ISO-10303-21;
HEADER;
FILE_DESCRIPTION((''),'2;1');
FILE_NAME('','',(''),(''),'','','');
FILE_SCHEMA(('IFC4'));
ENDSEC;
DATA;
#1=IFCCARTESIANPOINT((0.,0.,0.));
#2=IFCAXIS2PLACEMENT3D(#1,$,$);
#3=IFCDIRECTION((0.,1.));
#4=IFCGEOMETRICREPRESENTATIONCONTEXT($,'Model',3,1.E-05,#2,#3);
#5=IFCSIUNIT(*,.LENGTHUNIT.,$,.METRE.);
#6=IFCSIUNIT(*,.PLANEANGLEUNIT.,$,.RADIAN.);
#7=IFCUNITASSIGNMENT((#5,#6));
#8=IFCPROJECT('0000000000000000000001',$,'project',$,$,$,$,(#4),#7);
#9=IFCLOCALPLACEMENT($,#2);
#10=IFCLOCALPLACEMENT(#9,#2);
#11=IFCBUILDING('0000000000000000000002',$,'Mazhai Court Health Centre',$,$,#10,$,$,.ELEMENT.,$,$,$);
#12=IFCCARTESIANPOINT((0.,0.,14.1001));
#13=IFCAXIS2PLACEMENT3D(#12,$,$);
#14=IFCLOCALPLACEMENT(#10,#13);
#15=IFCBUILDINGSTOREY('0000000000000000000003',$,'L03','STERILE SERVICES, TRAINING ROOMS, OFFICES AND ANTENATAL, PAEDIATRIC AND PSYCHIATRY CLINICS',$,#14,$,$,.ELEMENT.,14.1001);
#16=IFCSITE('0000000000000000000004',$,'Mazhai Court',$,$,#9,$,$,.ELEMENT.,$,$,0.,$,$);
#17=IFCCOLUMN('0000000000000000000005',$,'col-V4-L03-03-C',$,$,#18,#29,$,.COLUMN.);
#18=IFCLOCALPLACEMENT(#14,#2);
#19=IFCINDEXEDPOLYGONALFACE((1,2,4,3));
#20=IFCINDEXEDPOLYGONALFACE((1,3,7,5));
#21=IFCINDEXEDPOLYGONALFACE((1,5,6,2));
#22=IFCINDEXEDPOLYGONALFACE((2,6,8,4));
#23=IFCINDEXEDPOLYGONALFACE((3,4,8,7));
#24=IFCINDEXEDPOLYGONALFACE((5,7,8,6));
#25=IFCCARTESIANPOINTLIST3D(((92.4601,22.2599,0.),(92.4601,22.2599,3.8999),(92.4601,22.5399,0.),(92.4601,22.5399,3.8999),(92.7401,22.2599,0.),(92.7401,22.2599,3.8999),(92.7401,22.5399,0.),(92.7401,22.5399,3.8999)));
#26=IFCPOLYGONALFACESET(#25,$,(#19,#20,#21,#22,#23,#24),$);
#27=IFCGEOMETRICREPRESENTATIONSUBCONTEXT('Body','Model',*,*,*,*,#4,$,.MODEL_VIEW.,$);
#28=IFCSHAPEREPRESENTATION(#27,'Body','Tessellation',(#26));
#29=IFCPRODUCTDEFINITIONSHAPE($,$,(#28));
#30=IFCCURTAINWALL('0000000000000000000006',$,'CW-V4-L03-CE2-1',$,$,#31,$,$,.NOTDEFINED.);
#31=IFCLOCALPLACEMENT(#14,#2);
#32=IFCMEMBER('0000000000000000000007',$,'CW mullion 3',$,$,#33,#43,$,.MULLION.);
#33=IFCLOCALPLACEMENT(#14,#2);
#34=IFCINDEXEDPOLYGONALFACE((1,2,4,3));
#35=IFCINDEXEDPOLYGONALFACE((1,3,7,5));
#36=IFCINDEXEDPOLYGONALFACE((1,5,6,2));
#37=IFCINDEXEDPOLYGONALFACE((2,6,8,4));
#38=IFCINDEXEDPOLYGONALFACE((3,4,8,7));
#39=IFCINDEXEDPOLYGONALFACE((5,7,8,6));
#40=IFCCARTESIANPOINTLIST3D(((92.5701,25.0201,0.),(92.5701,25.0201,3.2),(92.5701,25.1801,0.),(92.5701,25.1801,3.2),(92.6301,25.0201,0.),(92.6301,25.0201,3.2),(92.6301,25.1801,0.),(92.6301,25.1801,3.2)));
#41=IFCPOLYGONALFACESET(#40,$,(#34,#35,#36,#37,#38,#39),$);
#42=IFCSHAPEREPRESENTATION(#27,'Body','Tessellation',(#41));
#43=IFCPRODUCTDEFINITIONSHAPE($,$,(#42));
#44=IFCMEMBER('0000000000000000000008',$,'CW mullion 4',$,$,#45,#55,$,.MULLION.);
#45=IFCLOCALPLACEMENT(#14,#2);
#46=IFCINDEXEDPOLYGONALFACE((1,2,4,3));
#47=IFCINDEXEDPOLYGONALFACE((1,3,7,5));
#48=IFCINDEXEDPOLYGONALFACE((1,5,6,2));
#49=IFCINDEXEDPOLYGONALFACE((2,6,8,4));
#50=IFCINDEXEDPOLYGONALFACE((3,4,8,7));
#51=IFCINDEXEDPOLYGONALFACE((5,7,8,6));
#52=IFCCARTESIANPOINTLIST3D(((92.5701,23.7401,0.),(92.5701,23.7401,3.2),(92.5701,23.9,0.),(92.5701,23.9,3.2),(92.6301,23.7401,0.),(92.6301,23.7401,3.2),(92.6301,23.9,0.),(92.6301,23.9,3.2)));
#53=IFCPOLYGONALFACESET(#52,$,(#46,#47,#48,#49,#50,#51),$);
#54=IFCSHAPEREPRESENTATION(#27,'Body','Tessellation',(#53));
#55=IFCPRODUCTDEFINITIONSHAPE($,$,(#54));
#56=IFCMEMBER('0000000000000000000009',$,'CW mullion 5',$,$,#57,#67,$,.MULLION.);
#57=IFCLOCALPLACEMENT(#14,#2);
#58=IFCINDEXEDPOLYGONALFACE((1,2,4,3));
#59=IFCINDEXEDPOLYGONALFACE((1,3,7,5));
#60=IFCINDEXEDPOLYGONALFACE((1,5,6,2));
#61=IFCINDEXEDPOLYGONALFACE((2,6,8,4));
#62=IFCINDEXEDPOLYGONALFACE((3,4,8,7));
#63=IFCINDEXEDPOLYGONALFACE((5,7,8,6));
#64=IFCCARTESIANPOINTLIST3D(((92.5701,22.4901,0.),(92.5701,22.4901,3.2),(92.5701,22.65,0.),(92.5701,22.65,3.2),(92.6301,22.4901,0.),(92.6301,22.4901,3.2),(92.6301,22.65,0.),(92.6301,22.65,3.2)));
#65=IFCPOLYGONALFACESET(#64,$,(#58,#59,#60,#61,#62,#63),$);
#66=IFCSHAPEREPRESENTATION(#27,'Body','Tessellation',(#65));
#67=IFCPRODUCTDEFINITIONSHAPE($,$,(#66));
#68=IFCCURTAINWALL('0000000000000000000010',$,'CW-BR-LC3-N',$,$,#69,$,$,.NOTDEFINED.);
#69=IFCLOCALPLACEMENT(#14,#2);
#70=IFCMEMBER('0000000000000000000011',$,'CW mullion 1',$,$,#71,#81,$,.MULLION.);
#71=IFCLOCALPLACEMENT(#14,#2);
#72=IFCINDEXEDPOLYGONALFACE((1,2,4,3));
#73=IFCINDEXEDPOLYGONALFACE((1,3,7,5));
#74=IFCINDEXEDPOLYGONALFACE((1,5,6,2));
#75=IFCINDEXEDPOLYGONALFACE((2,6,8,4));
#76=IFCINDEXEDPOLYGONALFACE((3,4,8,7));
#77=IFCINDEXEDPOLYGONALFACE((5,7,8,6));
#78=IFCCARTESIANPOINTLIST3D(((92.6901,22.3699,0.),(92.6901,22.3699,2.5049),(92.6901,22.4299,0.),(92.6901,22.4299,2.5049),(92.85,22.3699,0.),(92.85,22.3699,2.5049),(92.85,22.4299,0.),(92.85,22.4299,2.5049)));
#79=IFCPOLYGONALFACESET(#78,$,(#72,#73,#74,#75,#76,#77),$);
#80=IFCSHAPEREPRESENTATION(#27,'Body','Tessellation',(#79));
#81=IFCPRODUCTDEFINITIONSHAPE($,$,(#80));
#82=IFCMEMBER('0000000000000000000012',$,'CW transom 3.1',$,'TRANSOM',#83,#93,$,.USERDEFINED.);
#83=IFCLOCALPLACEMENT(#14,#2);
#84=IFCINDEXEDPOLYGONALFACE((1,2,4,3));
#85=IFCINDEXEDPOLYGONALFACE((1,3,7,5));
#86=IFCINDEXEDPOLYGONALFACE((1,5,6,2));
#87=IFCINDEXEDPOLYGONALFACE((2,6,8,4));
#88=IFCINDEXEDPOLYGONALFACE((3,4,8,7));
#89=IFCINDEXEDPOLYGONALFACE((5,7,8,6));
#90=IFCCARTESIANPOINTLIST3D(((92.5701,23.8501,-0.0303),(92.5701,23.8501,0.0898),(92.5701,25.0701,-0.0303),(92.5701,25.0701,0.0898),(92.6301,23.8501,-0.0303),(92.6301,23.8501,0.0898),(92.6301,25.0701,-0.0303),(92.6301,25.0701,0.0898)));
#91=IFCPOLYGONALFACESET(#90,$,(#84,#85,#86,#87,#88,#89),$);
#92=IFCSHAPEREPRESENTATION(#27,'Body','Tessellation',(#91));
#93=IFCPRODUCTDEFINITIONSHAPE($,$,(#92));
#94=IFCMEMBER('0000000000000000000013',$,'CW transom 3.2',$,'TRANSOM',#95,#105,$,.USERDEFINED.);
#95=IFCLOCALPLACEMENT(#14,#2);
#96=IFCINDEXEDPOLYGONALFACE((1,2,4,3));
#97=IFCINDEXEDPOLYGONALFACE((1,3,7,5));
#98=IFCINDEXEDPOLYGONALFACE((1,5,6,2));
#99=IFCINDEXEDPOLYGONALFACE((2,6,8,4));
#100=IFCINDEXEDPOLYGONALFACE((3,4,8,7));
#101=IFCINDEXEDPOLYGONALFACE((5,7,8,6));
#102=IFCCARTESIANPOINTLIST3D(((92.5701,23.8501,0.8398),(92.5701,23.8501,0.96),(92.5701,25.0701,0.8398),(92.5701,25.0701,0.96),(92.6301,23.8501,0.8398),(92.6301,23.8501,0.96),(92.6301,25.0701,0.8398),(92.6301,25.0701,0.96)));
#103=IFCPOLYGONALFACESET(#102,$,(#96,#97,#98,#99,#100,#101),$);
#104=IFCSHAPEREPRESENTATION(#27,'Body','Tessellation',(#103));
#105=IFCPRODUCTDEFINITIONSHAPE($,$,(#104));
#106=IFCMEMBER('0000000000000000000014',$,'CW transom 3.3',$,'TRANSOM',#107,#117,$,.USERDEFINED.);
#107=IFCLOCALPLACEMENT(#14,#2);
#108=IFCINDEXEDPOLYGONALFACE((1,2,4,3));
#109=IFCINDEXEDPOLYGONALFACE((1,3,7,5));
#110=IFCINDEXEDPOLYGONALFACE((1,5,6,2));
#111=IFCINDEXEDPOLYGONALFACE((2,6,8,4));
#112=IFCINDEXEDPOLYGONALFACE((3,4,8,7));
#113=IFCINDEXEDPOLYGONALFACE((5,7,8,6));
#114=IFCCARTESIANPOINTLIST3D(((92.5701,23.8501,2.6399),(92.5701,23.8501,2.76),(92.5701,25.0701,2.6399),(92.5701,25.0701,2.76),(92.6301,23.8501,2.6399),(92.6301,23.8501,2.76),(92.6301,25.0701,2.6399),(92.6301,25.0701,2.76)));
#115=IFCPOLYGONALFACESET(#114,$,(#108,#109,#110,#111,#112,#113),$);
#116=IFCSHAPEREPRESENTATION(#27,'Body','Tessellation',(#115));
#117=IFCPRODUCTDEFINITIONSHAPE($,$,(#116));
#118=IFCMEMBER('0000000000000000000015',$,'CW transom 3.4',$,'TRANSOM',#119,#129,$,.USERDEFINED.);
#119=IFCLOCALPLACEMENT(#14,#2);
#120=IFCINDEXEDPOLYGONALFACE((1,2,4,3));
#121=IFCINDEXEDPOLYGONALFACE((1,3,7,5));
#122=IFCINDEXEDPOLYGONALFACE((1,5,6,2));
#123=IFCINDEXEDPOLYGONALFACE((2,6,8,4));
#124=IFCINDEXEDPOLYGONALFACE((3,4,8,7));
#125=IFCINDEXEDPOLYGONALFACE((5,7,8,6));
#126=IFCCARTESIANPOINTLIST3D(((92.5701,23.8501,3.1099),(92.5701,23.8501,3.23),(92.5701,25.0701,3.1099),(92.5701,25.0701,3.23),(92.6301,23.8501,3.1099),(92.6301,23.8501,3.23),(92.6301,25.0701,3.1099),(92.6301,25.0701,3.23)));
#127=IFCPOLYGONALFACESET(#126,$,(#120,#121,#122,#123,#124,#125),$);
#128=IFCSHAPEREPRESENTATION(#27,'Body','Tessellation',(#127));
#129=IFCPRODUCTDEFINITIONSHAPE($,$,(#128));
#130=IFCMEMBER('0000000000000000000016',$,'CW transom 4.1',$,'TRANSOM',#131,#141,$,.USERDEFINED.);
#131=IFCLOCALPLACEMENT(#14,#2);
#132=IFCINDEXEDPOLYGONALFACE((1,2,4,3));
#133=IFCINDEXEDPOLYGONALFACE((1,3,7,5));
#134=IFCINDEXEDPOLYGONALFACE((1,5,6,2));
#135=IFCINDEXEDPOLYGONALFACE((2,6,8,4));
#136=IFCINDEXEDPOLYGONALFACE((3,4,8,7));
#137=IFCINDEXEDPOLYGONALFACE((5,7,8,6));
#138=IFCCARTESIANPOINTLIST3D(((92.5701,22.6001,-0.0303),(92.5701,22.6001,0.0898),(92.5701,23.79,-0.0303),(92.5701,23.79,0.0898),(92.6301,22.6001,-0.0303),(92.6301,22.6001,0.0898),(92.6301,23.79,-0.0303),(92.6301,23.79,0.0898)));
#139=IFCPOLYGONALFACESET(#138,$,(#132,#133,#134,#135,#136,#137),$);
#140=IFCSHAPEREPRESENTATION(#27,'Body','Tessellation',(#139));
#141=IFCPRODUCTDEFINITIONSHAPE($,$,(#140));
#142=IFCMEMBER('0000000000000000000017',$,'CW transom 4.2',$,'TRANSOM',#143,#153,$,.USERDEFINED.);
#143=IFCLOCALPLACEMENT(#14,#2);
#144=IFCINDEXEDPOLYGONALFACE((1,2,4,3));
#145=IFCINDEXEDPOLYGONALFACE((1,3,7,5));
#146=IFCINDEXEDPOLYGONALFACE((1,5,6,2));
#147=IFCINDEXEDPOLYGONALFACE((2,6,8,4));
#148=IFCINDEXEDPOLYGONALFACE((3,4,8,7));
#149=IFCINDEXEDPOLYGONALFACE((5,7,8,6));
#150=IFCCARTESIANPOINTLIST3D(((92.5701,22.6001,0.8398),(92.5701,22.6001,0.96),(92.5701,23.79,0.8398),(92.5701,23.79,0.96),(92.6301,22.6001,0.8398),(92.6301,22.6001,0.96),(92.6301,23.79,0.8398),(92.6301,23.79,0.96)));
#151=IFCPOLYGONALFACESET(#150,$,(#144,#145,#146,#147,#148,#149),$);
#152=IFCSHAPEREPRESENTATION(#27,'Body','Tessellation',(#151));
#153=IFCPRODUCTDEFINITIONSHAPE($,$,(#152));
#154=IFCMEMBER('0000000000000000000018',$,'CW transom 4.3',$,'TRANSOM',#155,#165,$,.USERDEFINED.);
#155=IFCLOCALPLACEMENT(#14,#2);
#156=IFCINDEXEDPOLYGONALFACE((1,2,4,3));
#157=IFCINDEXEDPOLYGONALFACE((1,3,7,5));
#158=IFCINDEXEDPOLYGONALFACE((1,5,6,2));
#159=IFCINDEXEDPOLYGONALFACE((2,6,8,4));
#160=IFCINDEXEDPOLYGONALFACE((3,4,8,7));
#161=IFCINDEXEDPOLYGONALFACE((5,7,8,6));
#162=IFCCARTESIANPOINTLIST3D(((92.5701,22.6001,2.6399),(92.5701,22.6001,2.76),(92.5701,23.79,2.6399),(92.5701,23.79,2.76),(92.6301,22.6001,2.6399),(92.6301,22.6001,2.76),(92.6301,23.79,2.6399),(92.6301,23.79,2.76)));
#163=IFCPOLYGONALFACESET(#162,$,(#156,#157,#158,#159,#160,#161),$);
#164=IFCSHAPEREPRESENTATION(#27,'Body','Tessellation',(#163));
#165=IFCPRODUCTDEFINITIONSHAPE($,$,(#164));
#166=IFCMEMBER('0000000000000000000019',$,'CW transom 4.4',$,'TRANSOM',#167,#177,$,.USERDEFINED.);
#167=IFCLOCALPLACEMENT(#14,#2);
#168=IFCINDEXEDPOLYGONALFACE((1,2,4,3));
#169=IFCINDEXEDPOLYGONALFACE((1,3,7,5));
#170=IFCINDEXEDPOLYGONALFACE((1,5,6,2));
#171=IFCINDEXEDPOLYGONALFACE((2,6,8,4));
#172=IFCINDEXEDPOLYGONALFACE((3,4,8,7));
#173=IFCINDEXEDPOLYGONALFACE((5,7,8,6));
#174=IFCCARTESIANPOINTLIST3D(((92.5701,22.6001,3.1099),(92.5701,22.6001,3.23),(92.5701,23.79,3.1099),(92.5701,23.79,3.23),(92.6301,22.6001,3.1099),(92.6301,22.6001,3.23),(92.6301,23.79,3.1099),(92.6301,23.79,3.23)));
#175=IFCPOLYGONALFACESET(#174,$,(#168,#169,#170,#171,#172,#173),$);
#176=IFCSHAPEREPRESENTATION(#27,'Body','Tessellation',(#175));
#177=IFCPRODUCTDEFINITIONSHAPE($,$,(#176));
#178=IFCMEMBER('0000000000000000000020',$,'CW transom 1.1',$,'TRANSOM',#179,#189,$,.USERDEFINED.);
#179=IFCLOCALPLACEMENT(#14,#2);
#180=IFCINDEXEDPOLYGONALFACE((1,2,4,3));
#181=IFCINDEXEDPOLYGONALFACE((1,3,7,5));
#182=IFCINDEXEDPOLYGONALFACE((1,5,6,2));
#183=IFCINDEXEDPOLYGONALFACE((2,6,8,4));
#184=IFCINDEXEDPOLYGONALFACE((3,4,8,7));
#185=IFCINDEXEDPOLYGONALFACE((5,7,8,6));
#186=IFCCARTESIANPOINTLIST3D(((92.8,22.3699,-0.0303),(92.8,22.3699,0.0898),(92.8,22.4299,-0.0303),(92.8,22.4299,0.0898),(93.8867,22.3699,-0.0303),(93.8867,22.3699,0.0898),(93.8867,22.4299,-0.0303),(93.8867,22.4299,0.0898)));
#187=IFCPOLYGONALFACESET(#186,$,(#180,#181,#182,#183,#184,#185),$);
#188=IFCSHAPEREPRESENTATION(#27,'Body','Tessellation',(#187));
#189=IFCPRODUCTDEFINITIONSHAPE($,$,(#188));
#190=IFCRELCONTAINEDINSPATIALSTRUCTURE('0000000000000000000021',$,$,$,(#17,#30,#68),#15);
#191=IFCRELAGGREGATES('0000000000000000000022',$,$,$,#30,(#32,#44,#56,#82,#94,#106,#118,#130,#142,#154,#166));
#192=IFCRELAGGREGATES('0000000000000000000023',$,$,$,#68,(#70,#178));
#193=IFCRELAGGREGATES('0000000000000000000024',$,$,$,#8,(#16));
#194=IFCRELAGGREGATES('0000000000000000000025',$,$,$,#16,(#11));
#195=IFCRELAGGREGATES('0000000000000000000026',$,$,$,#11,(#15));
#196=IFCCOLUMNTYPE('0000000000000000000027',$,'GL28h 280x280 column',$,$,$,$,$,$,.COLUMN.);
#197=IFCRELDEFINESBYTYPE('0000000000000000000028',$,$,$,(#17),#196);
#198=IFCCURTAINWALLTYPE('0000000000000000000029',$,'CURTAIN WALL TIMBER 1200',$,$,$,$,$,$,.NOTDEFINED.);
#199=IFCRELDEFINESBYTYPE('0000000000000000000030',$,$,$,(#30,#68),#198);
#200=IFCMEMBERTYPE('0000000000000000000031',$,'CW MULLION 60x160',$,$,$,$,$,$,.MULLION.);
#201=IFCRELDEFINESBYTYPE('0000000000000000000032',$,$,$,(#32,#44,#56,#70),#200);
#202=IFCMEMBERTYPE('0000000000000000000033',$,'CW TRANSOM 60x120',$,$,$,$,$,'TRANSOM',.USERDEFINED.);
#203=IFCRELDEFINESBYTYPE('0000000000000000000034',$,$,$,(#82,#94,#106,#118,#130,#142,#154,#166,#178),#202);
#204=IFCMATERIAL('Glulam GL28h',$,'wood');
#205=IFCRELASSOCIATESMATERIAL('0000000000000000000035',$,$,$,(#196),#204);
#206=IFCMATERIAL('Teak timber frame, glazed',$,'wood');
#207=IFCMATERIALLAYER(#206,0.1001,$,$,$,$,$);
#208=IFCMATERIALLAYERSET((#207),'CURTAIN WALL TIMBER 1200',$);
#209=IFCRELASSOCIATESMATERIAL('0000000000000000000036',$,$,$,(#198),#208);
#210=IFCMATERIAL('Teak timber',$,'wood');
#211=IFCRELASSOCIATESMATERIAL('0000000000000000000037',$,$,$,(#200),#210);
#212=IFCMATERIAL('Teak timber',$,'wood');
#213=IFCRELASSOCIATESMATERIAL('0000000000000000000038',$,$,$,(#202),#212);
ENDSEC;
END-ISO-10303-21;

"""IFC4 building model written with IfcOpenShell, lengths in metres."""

from ifc_helpers import new_model, si_unit, direction, frame, origin, origin_2d, place, context, subcontext, project, spatial, rectangle, extrude, material, layer, layer_set, material_profile, profile_set, type_object, element, aggregate, save


model = new_model("IFC4")

# Units and contexts
model_context = context("Model", 3, precision=1e-05, world=origin(), true_north=direction((0.0, 1.0)))
body_context = subcontext(model_context, "Body", "Model", "MODEL_VIEW")
ifc_project = project(units=[si_unit("LENGTHUNIT", "METRE"), si_unit("PLANEANGLEUNIT", "RADIAN")], contexts=[model_context])

# Site, building, storey
site_placement = place(None, origin())
site = spatial("IfcSite", under=ifc_project, at=site_placement, Name="Mazhai Court", CompositionType="ELEMENT", RefElevation=0.0)
building_placement = place(site_placement, origin())
building = spatial("IfcBuilding", under=site, at=building_placement, Name="Mazhai Court Health Centre", CompositionType="ELEMENT")
storey_placement = place(building_placement, frame((0.0, 0.0, 14.1001)))
storey = spatial("IfcBuildingStorey", under=building, at=storey_placement, Name="L03", Description="STERILE SERVICES, TRAINING ROOMS, OFFICES AND ANTENATAL, PAEDIATRIC AND PSYCHIATRY CLINICS", CompositionType="ELEMENT", Elevation=14.1001)

# Column
ifc_material_1 = material(Name="Glulam GL28h", Category="wood")
ifc_material_profile_1 = material_profile(ifc_material_1, rectangle(XDim=0.28, YDim=0.28, at=origin_2d()), Name="GL28h 280x280")
ifc_profile_set_1 = profile_set([ifc_material_profile_1], Name="Glulam GL28h")
column_type = type_object("IfcColumnType", Name="GL28h 280x280 column", PredefinedType="COLUMN", material=ifc_profile_set_1)
column_placement = place(storey_placement, frame((92.6001, 22.3999, 0.0), z_axis=(0.0, 0.0, 1.0), x_axis=(1.0, 0.0, 0.0)))
element("IfcColumn", 1, at=column_placement, inside=storey, type_object=column_type, Name="col-V4-L03-03-C", PredefinedType="COLUMN", context=body_context, shape_type="SweptSolid", body=[
    extrude(rectangle(XDim=0.28, YDim=0.28, at=origin_2d()), origin(), (0.0, 0.0, 1.0), 3.8999),
])

# Curtain wall, members
ifc_material_2 = material(Name="Teak timber frame, glazed", Category="wood")
ifc_layer_1 = layer(ifc_material_2, 0.1001)
ifc_layer_set_1 = layer_set([ifc_layer_1], Name="CURTAIN WALL TIMBER 1200")
curtain_wall_type = type_object("IfcCurtainWallType", Name="CURTAIN WALL TIMBER 1200", PredefinedType="NOTDEFINED", material=ifc_layer_set_1)
curtain_wall_1_placement = place(storey_placement, origin())
curtain_wall_1 = element("IfcCurtainWall", 2, at=curtain_wall_1_placement, inside=storey, type_object=curtain_wall_type, Name="CW-V4-L03-CE2-1", PredefinedType="NOTDEFINED")
ifc_material_3 = material(Name="Teak timber", Category="wood")
ifc_material_profile_2 = material_profile(ifc_material_3, rectangle(XDim=0.0601, YDim=0.1599, at=origin_2d()), Name="CW MULLION 60x160")
ifc_profile_set_2 = profile_set([ifc_material_profile_2], Name="Teak timber")
member_type_1 = type_object("IfcMemberType", Name="CW MULLION 60x160", PredefinedType="MULLION", material=ifc_profile_set_2)
member_1_placement = place(storey_placement, frame((92.6001, 25.1001, 0.0), z_axis=(0.0, 0.0, 1.0), x_axis=(1.0, 0.0, 0.0)))
member_1 = element("IfcMember", 3, at=member_1_placement, type_object=member_type_1, Name="CW mullion 3", PredefinedType="MULLION", context=body_context, shape_type="SweptSolid", body=[
    extrude(rectangle(XDim=0.0601, YDim=0.1599, at=origin_2d()), origin(), (0.0, 0.0, 1.0), 3.2),
])
member_2_placement = place(storey_placement, frame((92.6001, 23.8201, 0.0), z_axis=(0.0, 0.0, 1.0), x_axis=(1.0, 0.0, 0.0)))
member_2 = element("IfcMember", 4, at=member_2_placement, type_object=member_type_1, Name="CW mullion 4", PredefinedType="MULLION", context=body_context, shape_type="SweptSolid", body=[
    extrude(rectangle(XDim=0.0601, YDim=0.1599, at=origin_2d()), origin(), (0.0, 0.0, 1.0), 3.2),
])
member_3_placement = place(storey_placement, frame((92.6001, 22.5701, 0.0), z_axis=(0.0, 0.0, 1.0), x_axis=(1.0, 0.0, 0.0)))
member_3 = element("IfcMember", 5, at=member_3_placement, type_object=member_type_1, Name="CW mullion 5", PredefinedType="MULLION", context=body_context, shape_type="SweptSolid", body=[
    extrude(rectangle(XDim=0.0601, YDim=0.1599, at=origin_2d()), origin(), (0.0, 0.0, 1.0), 3.2),
])

# Curtain wall, member
curtain_wall_2_placement = place(storey_placement, origin())
curtain_wall_2 = element("IfcCurtainWall", 6, at=curtain_wall_2_placement, inside=storey, type_object=curtain_wall_type, Name="CW-BR-LC3-N", PredefinedType="NOTDEFINED")
member_4_placement = place(storey_placement, frame((92.77, 22.3999, 0.0), z_axis=(0.0, 0.0, 1.0), x_axis=(0.0, 1.0, 0.0)))
member_4 = element("IfcMember", 7, at=member_4_placement, type_object=member_type_1, Name="CW mullion 1", PredefinedType="MULLION", context=body_context, shape_type="SweptSolid", body=[
    extrude(rectangle(XDim=0.0601, YDim=0.1599, at=origin_2d()), origin(), (0.0, 0.0, 1.0), 2.5049),
])

# Members
ifc_material_4 = material(Name="Teak timber", Category="wood")
ifc_material_profile_3 = material_profile(ifc_material_4, rectangle(XDim=0.0601, YDim=0.1201, at=origin_2d()), Name="CW TRANSOM 60x120")
ifc_profile_set_3 = profile_set([ifc_material_profile_3], Name="Teak timber")
member_type_2 = type_object("IfcMemberType", Name="CW TRANSOM 60x120", ElementType="TRANSOM", PredefinedType="USERDEFINED", material=ifc_profile_set_3)
member_5_placement = place(storey_placement, frame((92.6001, 25.0701, 0.0298), z_axis=(0.0, -1.0, 0.0), x_axis=(1.0, 0.0, 0.0)))
member_5 = element("IfcMember", 8, at=member_5_placement, type_object=member_type_2, Name="CW transom 3.1", ObjectType="TRANSOM", PredefinedType="USERDEFINED", context=body_context, shape_type="SweptSolid", body=[
    extrude(rectangle(XDim=0.0601, YDim=0.1201, at=origin_2d()), origin(), (0.0, 0.0, 1.0), 1.22),
])
member_6_placement = place(storey_placement, frame((92.6001, 25.0701, 0.8999), z_axis=(0.0, -1.0, 0.0), x_axis=(1.0, 0.0, 0.0)))
member_6 = element("IfcMember", 9, at=member_6_placement, type_object=member_type_2, Name="CW transom 3.2", ObjectType="TRANSOM", PredefinedType="USERDEFINED", context=body_context, shape_type="SweptSolid", body=[
    extrude(rectangle(XDim=0.0601, YDim=0.1201, at=origin_2d()), origin(), (0.0, 0.0, 1.0), 1.22),
])
member_7_placement = place(storey_placement, frame((92.6001, 25.0701, 2.7), z_axis=(0.0, -1.0, 0.0), x_axis=(1.0, 0.0, 0.0)))
member_7 = element("IfcMember", 10, at=member_7_placement, type_object=member_type_2, Name="CW transom 3.3", ObjectType="TRANSOM", PredefinedType="USERDEFINED", context=body_context, shape_type="SweptSolid", body=[
    extrude(rectangle(XDim=0.0601, YDim=0.1201, at=origin_2d()), origin(), (0.0, 0.0, 1.0), 1.22),
])
member_8_placement = place(storey_placement, frame((92.6001, 25.0701, 3.1699), z_axis=(0.0, -1.0, 0.0), x_axis=(1.0, 0.0, 0.0)))
member_8 = element("IfcMember", 11, at=member_8_placement, type_object=member_type_2, Name="CW transom 3.4", ObjectType="TRANSOM", PredefinedType="USERDEFINED", context=body_context, shape_type="SweptSolid", body=[
    extrude(rectangle(XDim=0.0601, YDim=0.1201, at=origin_2d()), origin(), (0.0, 0.0, 1.0), 1.22),
])
member_9_placement = place(storey_placement, frame((92.6001, 23.79, 0.0298), z_axis=(0.0, -1.0, 0.0), x_axis=(1.0, 0.0, 0.0)))
member_9 = element("IfcMember", 12, at=member_9_placement, type_object=member_type_2, Name="CW transom 4.1", ObjectType="TRANSOM", PredefinedType="USERDEFINED", context=body_context, shape_type="SweptSolid", body=[
    extrude(rectangle(XDim=0.0601, YDim=0.1201, at=origin_2d()), origin(), (0.0, 0.0, 1.0), 1.1899),
])
member_10_placement = place(storey_placement, frame((92.6001, 23.79, 0.8999), z_axis=(0.0, -1.0, 0.0), x_axis=(1.0, 0.0, 0.0)))
member_10 = element("IfcMember", 13, at=member_10_placement, type_object=member_type_2, Name="CW transom 4.2", ObjectType="TRANSOM", PredefinedType="USERDEFINED", context=body_context, shape_type="SweptSolid", body=[
    extrude(rectangle(XDim=0.0601, YDim=0.1201, at=origin_2d()), origin(), (0.0, 0.0, 1.0), 1.1899),
])
member_11_placement = place(storey_placement, frame((92.6001, 23.79, 2.7), z_axis=(0.0, -1.0, 0.0), x_axis=(1.0, 0.0, 0.0)))
member_11 = element("IfcMember", 14, at=member_11_placement, type_object=member_type_2, Name="CW transom 4.3", ObjectType="TRANSOM", PredefinedType="USERDEFINED", context=body_context, shape_type="SweptSolid", body=[
    extrude(rectangle(XDim=0.0601, YDim=0.1201, at=origin_2d()), origin(), (0.0, 0.0, 1.0), 1.1899),
])
member_12_placement = place(storey_placement, frame((92.6001, 23.79, 3.1699), z_axis=(0.0, -1.0, 0.0), x_axis=(1.0, 0.0, 0.0)))
member_12 = element("IfcMember", 15, at=member_12_placement, type_object=member_type_2, Name="CW transom 4.4", ObjectType="TRANSOM", PredefinedType="USERDEFINED", context=body_context, shape_type="SweptSolid", body=[
    extrude(rectangle(XDim=0.0601, YDim=0.1201, at=origin_2d()), origin(), (0.0, 0.0, 1.0), 1.1899),
])
member_13_placement = place(storey_placement, frame((92.8, 22.3999, 0.0298), z_axis=(1.0, 0.0, 0.0), x_axis=(0.0, 1.0, 0.0)))
member_13 = element("IfcMember", 16, at=member_13_placement, type_object=member_type_2, Name="CW transom 1.1", ObjectType="TRANSOM", PredefinedType="USERDEFINED", context=body_context, shape_type="SweptSolid", body=[
    extrude(rectangle(XDim=0.0601, YDim=0.1201, at=origin_2d()), origin(), (0.0, 0.0, 1.0), 1.0867),
])

aggregate(curtain_wall_1, [member_1, member_2, member_3, member_5, member_6, member_7, member_8, member_9, member_10, member_11, member_12])
aggregate(curtain_wall_2, [member_4, member_13])

save(model, "model.ifc")
